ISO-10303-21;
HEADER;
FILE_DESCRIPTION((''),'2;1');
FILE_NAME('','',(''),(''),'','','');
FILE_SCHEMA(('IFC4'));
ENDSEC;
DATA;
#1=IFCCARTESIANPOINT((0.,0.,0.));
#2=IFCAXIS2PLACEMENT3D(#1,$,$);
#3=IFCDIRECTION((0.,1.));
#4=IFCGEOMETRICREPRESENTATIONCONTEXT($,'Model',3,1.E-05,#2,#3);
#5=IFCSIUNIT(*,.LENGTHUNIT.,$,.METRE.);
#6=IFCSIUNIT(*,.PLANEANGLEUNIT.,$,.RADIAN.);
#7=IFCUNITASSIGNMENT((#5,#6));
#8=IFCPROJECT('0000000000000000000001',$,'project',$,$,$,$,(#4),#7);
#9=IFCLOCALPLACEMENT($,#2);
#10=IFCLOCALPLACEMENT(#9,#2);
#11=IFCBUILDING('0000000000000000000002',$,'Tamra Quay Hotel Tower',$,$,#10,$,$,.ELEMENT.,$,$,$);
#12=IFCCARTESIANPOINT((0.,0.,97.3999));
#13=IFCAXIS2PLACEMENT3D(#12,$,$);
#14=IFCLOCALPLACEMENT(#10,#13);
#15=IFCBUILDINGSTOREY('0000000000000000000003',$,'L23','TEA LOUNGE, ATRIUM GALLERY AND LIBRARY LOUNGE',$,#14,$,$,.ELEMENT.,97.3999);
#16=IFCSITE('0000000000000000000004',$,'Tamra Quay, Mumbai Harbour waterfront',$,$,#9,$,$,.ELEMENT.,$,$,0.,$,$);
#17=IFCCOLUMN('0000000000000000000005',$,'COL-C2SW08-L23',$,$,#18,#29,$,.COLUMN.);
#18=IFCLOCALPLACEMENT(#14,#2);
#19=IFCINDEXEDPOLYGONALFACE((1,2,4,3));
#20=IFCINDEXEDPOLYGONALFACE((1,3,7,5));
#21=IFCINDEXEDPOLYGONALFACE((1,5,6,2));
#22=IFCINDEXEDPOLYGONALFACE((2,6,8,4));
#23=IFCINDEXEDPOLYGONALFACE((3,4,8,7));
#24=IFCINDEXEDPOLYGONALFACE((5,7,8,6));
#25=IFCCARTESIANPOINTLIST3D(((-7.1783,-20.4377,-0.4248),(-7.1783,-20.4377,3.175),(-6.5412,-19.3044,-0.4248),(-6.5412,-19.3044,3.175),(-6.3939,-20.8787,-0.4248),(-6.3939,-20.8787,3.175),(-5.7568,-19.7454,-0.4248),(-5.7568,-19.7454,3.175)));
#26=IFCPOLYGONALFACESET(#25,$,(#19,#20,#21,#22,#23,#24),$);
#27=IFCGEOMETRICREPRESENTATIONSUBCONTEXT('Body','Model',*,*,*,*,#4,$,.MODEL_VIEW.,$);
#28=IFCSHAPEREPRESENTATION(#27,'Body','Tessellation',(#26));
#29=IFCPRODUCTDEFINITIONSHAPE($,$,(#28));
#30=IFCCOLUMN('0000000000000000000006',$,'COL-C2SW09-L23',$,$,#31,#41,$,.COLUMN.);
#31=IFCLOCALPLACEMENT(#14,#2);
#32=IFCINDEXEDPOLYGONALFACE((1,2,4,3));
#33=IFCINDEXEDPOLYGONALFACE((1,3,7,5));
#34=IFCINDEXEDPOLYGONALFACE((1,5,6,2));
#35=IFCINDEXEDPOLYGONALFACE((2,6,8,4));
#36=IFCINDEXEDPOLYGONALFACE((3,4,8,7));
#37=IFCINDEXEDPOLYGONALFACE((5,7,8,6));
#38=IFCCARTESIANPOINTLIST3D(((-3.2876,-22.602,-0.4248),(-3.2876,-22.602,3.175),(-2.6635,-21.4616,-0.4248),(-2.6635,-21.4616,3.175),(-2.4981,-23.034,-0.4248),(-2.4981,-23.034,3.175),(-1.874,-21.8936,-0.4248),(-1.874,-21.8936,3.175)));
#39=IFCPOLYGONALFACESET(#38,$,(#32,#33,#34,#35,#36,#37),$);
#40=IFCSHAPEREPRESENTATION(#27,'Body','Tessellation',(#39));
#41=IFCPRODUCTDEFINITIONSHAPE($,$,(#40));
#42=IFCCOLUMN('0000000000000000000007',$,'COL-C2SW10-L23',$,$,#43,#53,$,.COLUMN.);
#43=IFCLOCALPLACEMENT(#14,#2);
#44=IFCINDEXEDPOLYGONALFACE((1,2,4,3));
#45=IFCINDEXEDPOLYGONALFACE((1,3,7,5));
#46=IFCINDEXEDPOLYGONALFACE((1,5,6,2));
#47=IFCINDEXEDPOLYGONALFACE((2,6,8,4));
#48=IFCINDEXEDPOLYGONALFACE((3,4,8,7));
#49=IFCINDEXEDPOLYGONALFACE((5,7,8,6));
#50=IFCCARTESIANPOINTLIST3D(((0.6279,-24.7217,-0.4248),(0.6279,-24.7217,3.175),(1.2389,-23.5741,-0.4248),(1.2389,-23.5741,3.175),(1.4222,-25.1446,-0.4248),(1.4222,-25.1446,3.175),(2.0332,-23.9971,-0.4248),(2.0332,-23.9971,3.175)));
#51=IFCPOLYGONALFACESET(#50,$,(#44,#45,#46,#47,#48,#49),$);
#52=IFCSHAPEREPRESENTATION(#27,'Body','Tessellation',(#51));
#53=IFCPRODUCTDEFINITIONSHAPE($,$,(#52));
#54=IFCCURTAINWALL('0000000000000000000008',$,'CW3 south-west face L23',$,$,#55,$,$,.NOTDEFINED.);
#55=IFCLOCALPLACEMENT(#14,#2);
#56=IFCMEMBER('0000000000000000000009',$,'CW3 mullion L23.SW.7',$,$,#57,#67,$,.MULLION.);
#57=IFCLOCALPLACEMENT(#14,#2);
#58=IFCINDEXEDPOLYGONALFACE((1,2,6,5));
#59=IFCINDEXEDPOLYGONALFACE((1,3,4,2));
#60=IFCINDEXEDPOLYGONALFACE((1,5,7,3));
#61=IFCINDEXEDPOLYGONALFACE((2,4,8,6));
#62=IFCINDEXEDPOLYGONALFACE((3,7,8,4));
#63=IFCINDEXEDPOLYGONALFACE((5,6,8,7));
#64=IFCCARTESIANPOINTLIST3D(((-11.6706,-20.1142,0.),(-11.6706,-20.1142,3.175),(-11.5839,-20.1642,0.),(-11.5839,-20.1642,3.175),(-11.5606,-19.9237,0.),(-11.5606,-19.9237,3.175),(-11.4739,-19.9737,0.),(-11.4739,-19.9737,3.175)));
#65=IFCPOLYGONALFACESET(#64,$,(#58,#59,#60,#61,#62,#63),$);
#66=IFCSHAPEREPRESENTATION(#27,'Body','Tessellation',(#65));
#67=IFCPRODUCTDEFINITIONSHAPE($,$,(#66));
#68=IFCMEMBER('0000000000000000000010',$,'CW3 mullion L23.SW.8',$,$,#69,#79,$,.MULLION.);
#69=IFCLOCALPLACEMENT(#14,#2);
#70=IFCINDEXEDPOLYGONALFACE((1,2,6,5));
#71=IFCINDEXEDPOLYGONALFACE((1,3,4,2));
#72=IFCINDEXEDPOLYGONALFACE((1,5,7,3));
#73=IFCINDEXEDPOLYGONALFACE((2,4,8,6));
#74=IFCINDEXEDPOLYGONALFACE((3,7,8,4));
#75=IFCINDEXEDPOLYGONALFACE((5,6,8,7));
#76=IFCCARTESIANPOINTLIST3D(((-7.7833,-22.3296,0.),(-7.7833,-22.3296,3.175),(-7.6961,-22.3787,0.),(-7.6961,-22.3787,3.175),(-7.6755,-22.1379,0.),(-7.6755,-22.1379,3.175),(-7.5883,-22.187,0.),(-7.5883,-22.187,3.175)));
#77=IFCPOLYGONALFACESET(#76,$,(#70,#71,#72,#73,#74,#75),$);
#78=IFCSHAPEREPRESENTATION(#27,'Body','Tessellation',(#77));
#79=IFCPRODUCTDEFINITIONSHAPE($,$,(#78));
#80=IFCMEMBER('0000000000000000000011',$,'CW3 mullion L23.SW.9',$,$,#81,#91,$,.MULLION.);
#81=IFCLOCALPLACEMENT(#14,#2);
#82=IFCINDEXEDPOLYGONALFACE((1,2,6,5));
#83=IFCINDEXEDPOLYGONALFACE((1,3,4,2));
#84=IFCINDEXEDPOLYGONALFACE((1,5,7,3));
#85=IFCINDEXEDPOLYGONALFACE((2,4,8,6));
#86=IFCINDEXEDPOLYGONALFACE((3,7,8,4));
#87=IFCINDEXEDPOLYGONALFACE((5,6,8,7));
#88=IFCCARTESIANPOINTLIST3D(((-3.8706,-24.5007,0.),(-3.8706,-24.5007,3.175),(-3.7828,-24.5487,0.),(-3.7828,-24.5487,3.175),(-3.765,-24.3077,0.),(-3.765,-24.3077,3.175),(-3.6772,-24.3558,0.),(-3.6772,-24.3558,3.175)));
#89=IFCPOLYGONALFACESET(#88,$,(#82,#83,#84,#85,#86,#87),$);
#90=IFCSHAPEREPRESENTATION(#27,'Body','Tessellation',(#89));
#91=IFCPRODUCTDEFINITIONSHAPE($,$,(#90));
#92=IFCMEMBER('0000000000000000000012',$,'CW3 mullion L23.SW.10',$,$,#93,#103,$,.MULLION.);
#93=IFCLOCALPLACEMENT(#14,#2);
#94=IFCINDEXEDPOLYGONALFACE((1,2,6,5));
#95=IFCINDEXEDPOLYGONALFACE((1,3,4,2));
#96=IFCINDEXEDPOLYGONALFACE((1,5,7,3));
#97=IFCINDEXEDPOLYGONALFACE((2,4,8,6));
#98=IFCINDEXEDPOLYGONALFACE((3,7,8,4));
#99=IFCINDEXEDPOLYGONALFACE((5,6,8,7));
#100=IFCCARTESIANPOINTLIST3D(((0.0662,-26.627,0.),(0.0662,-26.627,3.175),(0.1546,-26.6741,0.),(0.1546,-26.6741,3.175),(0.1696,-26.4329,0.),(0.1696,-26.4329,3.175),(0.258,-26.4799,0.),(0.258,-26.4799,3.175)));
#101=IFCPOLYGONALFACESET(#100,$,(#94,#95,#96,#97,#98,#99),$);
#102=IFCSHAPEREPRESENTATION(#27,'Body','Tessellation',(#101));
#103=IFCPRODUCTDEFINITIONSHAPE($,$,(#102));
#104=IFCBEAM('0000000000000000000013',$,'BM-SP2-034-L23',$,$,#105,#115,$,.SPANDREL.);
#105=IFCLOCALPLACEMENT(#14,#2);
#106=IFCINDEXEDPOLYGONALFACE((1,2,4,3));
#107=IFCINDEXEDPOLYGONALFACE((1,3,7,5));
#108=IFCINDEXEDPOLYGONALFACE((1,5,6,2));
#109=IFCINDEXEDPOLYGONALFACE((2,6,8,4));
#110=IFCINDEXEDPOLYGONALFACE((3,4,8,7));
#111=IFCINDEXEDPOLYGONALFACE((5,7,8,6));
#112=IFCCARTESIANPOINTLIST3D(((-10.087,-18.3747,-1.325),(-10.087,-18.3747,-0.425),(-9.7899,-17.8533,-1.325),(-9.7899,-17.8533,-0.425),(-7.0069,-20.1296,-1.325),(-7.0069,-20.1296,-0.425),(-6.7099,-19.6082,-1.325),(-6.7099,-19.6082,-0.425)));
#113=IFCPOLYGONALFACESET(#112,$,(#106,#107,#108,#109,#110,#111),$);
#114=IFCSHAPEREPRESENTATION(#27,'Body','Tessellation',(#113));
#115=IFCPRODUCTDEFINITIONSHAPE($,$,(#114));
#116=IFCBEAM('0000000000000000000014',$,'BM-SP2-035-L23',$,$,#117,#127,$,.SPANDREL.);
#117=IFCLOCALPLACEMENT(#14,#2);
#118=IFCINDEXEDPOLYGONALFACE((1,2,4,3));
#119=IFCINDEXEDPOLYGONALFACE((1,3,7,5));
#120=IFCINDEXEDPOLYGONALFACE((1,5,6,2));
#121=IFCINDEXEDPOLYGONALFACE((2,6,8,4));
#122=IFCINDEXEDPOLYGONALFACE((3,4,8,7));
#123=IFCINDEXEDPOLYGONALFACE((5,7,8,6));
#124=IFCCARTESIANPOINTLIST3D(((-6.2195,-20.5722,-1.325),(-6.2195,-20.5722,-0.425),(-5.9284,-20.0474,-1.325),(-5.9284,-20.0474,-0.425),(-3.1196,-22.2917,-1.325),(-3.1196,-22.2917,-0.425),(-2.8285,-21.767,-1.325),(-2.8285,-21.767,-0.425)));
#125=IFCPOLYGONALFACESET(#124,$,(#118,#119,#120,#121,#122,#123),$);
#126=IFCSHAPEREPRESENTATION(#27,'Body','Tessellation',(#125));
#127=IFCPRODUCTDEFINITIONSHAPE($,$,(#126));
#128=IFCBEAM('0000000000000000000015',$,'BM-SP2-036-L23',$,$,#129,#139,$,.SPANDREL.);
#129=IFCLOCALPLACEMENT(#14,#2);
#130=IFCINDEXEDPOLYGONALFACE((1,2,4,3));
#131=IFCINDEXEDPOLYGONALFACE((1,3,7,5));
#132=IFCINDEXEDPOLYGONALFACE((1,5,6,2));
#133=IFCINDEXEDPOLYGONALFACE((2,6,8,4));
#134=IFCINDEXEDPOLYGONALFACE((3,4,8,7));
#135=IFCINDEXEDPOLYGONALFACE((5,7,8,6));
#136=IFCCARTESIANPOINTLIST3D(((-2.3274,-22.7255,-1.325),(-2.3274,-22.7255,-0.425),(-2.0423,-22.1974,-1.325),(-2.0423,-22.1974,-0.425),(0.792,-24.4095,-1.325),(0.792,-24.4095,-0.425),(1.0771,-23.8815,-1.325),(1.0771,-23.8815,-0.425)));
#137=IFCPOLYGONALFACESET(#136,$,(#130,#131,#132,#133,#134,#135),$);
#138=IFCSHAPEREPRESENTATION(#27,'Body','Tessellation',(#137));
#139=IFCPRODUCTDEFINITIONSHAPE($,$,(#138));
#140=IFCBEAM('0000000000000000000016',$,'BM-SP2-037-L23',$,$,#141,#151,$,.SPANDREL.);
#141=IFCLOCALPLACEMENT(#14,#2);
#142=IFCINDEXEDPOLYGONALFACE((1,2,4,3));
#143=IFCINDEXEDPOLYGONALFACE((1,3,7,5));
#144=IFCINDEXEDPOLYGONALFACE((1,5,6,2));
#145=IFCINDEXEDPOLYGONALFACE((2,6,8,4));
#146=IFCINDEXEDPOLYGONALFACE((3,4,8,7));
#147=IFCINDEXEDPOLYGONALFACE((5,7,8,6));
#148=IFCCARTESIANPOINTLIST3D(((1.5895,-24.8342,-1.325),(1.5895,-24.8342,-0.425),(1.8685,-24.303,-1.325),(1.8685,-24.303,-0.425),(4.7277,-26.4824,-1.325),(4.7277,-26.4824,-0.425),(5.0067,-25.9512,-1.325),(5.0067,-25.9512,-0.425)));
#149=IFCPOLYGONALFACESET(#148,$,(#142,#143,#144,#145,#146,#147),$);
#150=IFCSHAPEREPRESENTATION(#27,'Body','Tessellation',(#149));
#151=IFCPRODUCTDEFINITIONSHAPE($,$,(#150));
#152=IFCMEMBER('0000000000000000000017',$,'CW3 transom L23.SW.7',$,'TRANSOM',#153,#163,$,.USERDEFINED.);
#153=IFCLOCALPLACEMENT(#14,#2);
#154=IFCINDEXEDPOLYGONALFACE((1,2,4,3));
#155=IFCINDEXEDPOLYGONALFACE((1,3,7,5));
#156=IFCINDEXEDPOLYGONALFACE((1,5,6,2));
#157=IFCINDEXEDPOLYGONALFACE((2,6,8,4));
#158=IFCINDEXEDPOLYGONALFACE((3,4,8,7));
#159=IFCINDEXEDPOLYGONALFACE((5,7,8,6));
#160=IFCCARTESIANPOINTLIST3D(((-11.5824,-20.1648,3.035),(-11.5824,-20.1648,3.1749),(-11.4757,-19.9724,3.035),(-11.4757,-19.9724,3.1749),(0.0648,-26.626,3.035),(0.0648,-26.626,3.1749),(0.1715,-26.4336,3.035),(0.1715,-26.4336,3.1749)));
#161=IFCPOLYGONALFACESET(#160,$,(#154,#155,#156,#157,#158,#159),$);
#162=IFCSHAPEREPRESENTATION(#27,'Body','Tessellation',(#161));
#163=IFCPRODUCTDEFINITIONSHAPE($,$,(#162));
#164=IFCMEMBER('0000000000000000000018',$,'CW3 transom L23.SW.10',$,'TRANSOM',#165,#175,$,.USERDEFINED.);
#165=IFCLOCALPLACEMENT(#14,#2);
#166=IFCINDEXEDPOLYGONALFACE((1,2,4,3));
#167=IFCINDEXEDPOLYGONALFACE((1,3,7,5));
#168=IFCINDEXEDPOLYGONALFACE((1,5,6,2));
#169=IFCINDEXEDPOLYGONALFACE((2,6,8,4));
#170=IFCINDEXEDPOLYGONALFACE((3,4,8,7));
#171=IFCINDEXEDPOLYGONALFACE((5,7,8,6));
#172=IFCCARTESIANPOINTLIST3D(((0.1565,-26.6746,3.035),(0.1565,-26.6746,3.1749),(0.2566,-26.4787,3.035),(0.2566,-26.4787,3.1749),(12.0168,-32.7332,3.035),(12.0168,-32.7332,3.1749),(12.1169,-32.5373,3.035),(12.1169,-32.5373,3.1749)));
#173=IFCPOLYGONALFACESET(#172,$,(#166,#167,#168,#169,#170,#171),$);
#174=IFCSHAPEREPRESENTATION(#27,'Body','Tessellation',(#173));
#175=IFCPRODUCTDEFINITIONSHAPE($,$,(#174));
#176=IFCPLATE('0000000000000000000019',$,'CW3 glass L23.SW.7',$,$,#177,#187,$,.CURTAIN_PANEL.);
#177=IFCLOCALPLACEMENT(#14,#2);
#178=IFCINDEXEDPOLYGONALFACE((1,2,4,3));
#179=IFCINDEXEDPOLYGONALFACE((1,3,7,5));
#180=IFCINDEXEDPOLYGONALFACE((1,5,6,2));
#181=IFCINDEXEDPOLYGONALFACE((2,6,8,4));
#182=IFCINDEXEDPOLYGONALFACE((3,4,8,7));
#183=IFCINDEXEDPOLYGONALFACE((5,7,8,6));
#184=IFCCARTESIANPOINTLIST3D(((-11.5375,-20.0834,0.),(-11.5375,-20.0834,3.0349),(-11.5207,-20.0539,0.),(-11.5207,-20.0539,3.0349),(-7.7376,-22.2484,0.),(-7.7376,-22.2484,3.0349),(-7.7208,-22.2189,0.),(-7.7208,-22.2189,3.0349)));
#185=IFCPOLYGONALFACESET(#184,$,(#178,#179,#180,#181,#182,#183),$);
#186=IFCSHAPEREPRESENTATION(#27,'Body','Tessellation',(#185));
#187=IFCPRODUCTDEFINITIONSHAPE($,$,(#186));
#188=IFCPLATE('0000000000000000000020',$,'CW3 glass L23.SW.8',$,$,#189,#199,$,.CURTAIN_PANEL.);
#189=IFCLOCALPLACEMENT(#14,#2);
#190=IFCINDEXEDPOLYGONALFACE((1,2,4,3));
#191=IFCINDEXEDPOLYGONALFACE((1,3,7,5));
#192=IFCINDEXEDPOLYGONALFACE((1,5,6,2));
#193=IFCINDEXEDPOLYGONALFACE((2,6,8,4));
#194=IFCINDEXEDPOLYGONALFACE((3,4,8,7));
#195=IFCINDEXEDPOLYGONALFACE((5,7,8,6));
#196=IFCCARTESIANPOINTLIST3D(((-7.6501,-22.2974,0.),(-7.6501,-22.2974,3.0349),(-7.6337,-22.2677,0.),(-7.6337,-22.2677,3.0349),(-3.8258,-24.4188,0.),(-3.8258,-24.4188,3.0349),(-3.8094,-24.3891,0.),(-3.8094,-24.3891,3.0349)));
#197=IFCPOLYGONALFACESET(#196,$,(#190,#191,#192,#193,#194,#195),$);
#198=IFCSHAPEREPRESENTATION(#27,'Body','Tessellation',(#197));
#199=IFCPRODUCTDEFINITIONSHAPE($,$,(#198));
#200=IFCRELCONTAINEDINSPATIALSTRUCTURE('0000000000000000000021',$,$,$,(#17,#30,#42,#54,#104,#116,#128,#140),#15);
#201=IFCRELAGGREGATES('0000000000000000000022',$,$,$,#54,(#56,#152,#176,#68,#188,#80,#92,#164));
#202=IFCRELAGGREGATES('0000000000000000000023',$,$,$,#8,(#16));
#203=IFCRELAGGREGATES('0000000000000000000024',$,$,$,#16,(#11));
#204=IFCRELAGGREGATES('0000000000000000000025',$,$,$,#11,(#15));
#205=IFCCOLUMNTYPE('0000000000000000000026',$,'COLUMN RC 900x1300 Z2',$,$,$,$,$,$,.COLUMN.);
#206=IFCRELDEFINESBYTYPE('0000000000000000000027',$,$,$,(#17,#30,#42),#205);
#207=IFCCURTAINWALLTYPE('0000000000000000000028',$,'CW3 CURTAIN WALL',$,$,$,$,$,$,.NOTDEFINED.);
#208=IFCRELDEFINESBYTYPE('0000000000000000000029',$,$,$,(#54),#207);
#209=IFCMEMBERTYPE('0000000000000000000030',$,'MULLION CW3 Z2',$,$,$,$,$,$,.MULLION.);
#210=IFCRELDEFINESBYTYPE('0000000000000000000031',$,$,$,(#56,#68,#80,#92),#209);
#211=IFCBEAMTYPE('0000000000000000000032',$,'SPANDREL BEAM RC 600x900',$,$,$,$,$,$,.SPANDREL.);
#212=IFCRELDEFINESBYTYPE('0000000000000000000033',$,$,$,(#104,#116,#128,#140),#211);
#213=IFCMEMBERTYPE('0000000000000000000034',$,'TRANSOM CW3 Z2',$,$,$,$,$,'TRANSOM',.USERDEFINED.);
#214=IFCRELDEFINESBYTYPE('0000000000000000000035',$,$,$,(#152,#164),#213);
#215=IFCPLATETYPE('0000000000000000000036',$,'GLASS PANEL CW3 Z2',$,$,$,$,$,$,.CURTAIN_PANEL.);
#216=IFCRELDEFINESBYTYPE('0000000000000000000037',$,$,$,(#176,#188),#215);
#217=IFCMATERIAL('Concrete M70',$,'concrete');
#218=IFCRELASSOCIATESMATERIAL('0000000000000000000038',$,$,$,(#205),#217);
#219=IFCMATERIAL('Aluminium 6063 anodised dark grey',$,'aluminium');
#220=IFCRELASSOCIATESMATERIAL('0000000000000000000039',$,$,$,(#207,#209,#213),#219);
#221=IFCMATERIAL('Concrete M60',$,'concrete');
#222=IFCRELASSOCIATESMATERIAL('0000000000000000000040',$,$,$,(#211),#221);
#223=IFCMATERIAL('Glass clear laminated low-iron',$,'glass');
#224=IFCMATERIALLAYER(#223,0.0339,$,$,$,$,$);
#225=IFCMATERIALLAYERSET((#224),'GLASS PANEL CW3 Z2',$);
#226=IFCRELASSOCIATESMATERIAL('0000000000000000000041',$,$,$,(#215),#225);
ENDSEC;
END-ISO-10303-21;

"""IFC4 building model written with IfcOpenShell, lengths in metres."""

from ifc_helpers import new_model, si_unit, direction, frame, origin, origin_2d, place, context, subcontext, project, spatial, rectangle, extrude, material, layer, layer_set, material_profile, profile_set, type_object, element, aggregate, save


model = new_model("IFC4")

# Units and contexts
model_context = context("Model", 3, precision=1e-05, world=origin(), true_north=direction((0.0, 1.0)))
body_context = subcontext(model_context, "Body", "Model", "MODEL_VIEW")
ifc_project = project(units=[si_unit("LENGTHUNIT", "METRE"), si_unit("PLANEANGLEUNIT", "RADIAN")], contexts=[model_context])

# Site, building, storey
site_placement = place(None, origin())
site = spatial("IfcSite", under=ifc_project, at=site_placement, Name="Tamra Quay, Mumbai Harbour waterfront", CompositionType="ELEMENT", RefElevation=0.0)
building_placement = place(site_placement, origin())
building = spatial("IfcBuilding", under=site, at=building_placement, Name="Tamra Quay Hotel Tower", CompositionType="ELEMENT")
storey_placement = place(building_placement, frame((0.0, 0.0, 97.3999)))
storey = spatial("IfcBuildingStorey", under=building, at=storey_placement, Name="L23", Description="TEA LOUNGE, ATRIUM GALLERY AND LIBRARY LOUNGE", CompositionType="ELEMENT", Elevation=97.3999)

# Columns
ifc_material_1 = material(Name="Concrete M70", Category="concrete")
ifc_material_profile_1 = material_profile(ifc_material_1, rectangle(XDim=1.3, YDim=0.8999, at=origin_2d()), Name="COLUMN RC 900x1300 Z2")
ifc_profile_set_1 = profile_set([ifc_material_profile_1], Name="Concrete M70")
column_type = type_object("IfcColumnType", Name="COLUMN RC 900x1300 Z2", PredefinedType="COLUMN", material=ifc_profile_set_1)
for number, where, z_axis, x_axis, name in (
    (1, (-6.4675, -20.0916, -0.4248), (0.0, 0.0, 1.0), (0.490061, 0.871688, 0.0), "COL-C2SW08-L23"),
    (2, (-2.5808, -22.2478, -0.4248), (0.0, 0.0, 1.0), (0.48006, 0.877236, 0.0), "COL-C2SW09-L23"),
    (3, (1.3306, -24.3594, -0.4248), (0.0, 0.0, 1.0), (0.470002, 0.882666, 0.0), "COL-C2SW10-L23"),
):
    element("IfcColumn", number, at=place(storey_placement, frame(where, z_axis=z_axis, x_axis=x_axis)), inside=storey, type_object=column_type, Name=name, PredefinedType="COLUMN", context=body_context, shape_type="SweptSolid", body=[
        extrude(rectangle(XDim=1.3, YDim=0.8999, at=origin_2d()), origin(), (0.0, 0.0, 1.0), 3.5999),
    ])

# Curtain wall, members
ifc_material_2 = material(Name="Aluminium 6063 anodised dark grey", Category="aluminium")
curtain_wall_type = type_object("IfcCurtainWallType", Name="CW3 CURTAIN WALL", PredefinedType="NOTDEFINED", material=ifc_material_2)
curtain_wall_placement = place(storey_placement, origin())
curtain_wall = element("IfcCurtainWall", 4, at=curtain_wall_placement, inside=storey, type_object=curtain_wall_type, Name="CW3 south-west face L23", PredefinedType="NOTDEFINED")
ifc_material_profile_2 = material_profile(ifc_material_2, rectangle(XDim=0.22, YDim=0.1001, at=origin_2d()), Name="MULLION 100X220")
ifc_profile_set_2 = profile_set([ifc_material_profile_2], Name="Aluminium 6063 anodised dark grey")
member_type_1 = type_object("IfcMemberType", Name="MULLION CW3 Z2", PredefinedType="MULLION", material=ifc_profile_set_2)
member_1_placement = place(storey_placement, frame((-11.5723, -20.0439, 0.0), z_axis=(0.0, 0.0, 1.0), x_axis=(-0.5, -0.866025, 0.0)))
member_1 = element("IfcMember", 5, at=member_1_placement, type_object=member_type_1, Name="CW3 mullion L23.SW.7", PredefinedType="MULLION", context=body_context, shape_type="SweptSolid", body=[
    extrude(rectangle(XDim=0.22, YDim=0.1001, at=origin_2d()), origin(), (0.0, 0.0, 1.0), 3.175),
])
member_2_placement = place(storey_placement, frame((-7.6858, -22.2583, 0.0), z_axis=(0.0, 0.0, 1.0), x_axis=(-0.490074, -0.871681, 0.0)))
member_2 = element("IfcMember", 6, at=member_2_placement, type_object=member_type_1, Name="CW3 mullion L23.SW.8", PredefinedType="MULLION", context=body_context, shape_type="SweptSolid", body=[
    extrude(rectangle(XDim=0.22, YDim=0.1001, at=origin_2d()), origin(), (0.0, 0.0, 1.0), 3.175),
])
member_3_placement = place(storey_placement, frame((-3.7739, -24.4282, 0.0), z_axis=(0.0, 0.0, 1.0), x_axis=(-0.480089, -0.87722, 0.0)))
member_3 = element("IfcMember", 7, at=member_3_placement, type_object=member_type_1, Name="CW3 mullion L23.SW.9", PredefinedType="MULLION", context=body_context, shape_type="SweptSolid", body=[
    extrude(rectangle(XDim=0.22, YDim=0.1001, at=origin_2d()), origin(), (0.0, 0.0, 1.0), 3.175),
])
member_4_placement = place(storey_placement, frame((0.1621, -26.5535, 0.0), z_axis=(0.0, 0.0, 1.0), x_axis=(-0.470049, -0.88264, 0.0)))
member_4 = element("IfcMember", 8, at=member_4_placement, type_object=member_type_1, Name="CW3 mullion L23.SW.10", PredefinedType="MULLION", context=body_context, shape_type="SweptSolid", body=[
    extrude(rectangle(XDim=0.22, YDim=0.1001, at=origin_2d()), origin(), (0.0, 0.0, 1.0), 3.175),
])

# Beams
ifc_material_3 = material(Name="Concrete M60", Category="concrete")
ifc_material_profile_3 = material_profile(ifc_material_3, rectangle(XDim=0.6001, YDim=0.8999, at=origin_2d()), Name="SPANDREL BEAM RC 600x900")
ifc_profile_set_3 = profile_set([ifc_material_profile_3], Name="Concrete M60")
beam_type = type_object("IfcBeamType", Name="SPANDREL BEAM RC 600x900", PredefinedType="SPANDREL", material=ifc_profile_set_3)
for number, where, z_axis, x_axis, name in (
    (9, (-9.9385, -18.114, -0.875), (0.86887, -0.495041, 0.0), (0.495041, 0.86887, 0.0), "BM-SP2-034-L23"),
    (10, (-6.074, -20.3098, -0.875), (0.874475, -0.48507, 0.0), (0.48507, 0.874475, 0.0), "BM-SP2-035-L23"),
    (11, (-2.1848, -22.4614, -0.875), (0.879951, -0.475065, 0.0), (0.475065, 0.879951, 0.0), "BM-SP2-036-L23"),
):
    element("IfcBeam", number, at=place(storey_placement, frame(where, z_axis=z_axis, x_axis=x_axis)), inside=storey, type_object=beam_type, Name=name, PredefinedType="SPANDREL", context=body_context, shape_type="SweptSolid", body=[
        extrude(rectangle(XDim=0.6001, YDim=0.8999, at=origin_2d()), origin(), (0.0, 0.0, 1.0), 3.5449),
    ])
beam_placement = place(storey_placement, frame((1.729, -24.5686, -0.875), z_axis=(0.885323, -0.464977, 0.0), x_axis=(0.464977, 0.885323, 0.0)))
element("IfcBeam", 12, at=beam_placement, inside=storey, type_object=beam_type, Name="BM-SP2-037-L23", PredefinedType="SPANDREL", context=body_context, shape_type="SweptSolid", body=[
    extrude(rectangle(XDim=0.6001, YDim=0.8999, at=origin_2d()), origin(), (0.0, 0.0, 1.0), 3.5447),
])

# Members
ifc_material_profile_4 = material_profile(ifc_material_2, rectangle(XDim=0.22, YDim=0.1399, at=origin_2d()), Name="TRANSOM 220X140")
ifc_profile_set_4 = profile_set([ifc_material_profile_4], Name="Aluminium 6063 anodised dark grey")
member_type_2 = type_object("IfcMemberType", Name="TRANSOM CW3 Z2", ElementType="TRANSOM", PredefinedType="USERDEFINED", material=ifc_profile_set_4)
member_5_placement = place(storey_placement, frame((-11.5291, -20.0686, 3.105), z_axis=(0.87446, -0.485098, 0.0), x_axis=(0.485098, 0.87446, 0.0)))
member_5 = element("IfcMember", 13, at=member_5_placement, type_object=member_type_2, Name="CW3 transom L23.SW.7", ObjectType="TRANSOM", PredefinedType="USERDEFINED", context=body_context, shape_type="SweptSolid", body=[
    extrude(rectangle(XDim=0.22, YDim=0.1399, at=origin_2d()), origin(), (0.0, 0.0, 1.0), 13.3193),
])
member_6_placement = place(storey_placement, frame((0.2065, -26.5767, 3.105), z_axis=(0.890537, -0.454911, 0.0), x_axis=(0.454911, 0.890537, 0.0)))
member_6 = element("IfcMember", 14, at=member_6_placement, type_object=member_type_2, Name="CW3 transom L23.SW.10", ObjectType="TRANSOM", PredefinedType="USERDEFINED", context=body_context, shape_type="SweptSolid", body=[
    extrude(rectangle(XDim=0.22, YDim=0.1399, at=origin_2d()), origin(), (0.0, 0.0, 1.0), 13.3181),
])

# Plates
ifc_material_4 = material(Name="Glass clear laminated low-iron", Category="glass")
ifc_layer_1 = layer(ifc_material_4, 0.0339)
ifc_layer_set_1 = layer_set([ifc_layer_1], Name="GLASS PANEL CW3 Z2")
plate_type = type_object("IfcPlateType", Name="GLASS PANEL CW3 Z2", PredefinedType="CURTAIN_PANEL", material=ifc_layer_set_1)
plate_1_placement = place(storey_placement, frame((-9.6292, -21.1511, 0.0), z_axis=(0.0, 0.0, 1.0), x_axis=(0.868868, -0.495045, 0.0)))
plate_1 = element("IfcPlate", 15, at=plate_1_placement, type_object=plate_type, Name="CW3 glass L23.SW.7", PredefinedType="CURTAIN_PANEL", context=body_context, shape_type="SweptSolid", body=[
    extrude(rectangle(XDim=4.3733, YDim=0.0339, at=origin_2d()), origin(), (0.0, 0.0, 1.0), 3.0349),
])
plate_2_placement = place(storey_placement, frame((-5.7297, -23.3433, 0.0), z_axis=(0.0, 0.0, 1.0), x_axis=(0.874465, -0.485088, 0.0)))
plate_2 = element("IfcPlate", 16, at=plate_2_placement, type_object=plate_type, Name="CW3 glass L23.SW.8", PredefinedType="CURTAIN_PANEL", context=body_context, shape_type="SweptSolid", body=[
    extrude(rectangle(XDim=4.3733, YDim=0.0339, at=origin_2d()), origin(), (0.0, 0.0, 1.0), 3.0349),
])
aggregate(curtain_wall, [member_1, member_5, plate_1, member_2, plate_2, member_3, member_4, member_6])

save(model, "model.ifc")
